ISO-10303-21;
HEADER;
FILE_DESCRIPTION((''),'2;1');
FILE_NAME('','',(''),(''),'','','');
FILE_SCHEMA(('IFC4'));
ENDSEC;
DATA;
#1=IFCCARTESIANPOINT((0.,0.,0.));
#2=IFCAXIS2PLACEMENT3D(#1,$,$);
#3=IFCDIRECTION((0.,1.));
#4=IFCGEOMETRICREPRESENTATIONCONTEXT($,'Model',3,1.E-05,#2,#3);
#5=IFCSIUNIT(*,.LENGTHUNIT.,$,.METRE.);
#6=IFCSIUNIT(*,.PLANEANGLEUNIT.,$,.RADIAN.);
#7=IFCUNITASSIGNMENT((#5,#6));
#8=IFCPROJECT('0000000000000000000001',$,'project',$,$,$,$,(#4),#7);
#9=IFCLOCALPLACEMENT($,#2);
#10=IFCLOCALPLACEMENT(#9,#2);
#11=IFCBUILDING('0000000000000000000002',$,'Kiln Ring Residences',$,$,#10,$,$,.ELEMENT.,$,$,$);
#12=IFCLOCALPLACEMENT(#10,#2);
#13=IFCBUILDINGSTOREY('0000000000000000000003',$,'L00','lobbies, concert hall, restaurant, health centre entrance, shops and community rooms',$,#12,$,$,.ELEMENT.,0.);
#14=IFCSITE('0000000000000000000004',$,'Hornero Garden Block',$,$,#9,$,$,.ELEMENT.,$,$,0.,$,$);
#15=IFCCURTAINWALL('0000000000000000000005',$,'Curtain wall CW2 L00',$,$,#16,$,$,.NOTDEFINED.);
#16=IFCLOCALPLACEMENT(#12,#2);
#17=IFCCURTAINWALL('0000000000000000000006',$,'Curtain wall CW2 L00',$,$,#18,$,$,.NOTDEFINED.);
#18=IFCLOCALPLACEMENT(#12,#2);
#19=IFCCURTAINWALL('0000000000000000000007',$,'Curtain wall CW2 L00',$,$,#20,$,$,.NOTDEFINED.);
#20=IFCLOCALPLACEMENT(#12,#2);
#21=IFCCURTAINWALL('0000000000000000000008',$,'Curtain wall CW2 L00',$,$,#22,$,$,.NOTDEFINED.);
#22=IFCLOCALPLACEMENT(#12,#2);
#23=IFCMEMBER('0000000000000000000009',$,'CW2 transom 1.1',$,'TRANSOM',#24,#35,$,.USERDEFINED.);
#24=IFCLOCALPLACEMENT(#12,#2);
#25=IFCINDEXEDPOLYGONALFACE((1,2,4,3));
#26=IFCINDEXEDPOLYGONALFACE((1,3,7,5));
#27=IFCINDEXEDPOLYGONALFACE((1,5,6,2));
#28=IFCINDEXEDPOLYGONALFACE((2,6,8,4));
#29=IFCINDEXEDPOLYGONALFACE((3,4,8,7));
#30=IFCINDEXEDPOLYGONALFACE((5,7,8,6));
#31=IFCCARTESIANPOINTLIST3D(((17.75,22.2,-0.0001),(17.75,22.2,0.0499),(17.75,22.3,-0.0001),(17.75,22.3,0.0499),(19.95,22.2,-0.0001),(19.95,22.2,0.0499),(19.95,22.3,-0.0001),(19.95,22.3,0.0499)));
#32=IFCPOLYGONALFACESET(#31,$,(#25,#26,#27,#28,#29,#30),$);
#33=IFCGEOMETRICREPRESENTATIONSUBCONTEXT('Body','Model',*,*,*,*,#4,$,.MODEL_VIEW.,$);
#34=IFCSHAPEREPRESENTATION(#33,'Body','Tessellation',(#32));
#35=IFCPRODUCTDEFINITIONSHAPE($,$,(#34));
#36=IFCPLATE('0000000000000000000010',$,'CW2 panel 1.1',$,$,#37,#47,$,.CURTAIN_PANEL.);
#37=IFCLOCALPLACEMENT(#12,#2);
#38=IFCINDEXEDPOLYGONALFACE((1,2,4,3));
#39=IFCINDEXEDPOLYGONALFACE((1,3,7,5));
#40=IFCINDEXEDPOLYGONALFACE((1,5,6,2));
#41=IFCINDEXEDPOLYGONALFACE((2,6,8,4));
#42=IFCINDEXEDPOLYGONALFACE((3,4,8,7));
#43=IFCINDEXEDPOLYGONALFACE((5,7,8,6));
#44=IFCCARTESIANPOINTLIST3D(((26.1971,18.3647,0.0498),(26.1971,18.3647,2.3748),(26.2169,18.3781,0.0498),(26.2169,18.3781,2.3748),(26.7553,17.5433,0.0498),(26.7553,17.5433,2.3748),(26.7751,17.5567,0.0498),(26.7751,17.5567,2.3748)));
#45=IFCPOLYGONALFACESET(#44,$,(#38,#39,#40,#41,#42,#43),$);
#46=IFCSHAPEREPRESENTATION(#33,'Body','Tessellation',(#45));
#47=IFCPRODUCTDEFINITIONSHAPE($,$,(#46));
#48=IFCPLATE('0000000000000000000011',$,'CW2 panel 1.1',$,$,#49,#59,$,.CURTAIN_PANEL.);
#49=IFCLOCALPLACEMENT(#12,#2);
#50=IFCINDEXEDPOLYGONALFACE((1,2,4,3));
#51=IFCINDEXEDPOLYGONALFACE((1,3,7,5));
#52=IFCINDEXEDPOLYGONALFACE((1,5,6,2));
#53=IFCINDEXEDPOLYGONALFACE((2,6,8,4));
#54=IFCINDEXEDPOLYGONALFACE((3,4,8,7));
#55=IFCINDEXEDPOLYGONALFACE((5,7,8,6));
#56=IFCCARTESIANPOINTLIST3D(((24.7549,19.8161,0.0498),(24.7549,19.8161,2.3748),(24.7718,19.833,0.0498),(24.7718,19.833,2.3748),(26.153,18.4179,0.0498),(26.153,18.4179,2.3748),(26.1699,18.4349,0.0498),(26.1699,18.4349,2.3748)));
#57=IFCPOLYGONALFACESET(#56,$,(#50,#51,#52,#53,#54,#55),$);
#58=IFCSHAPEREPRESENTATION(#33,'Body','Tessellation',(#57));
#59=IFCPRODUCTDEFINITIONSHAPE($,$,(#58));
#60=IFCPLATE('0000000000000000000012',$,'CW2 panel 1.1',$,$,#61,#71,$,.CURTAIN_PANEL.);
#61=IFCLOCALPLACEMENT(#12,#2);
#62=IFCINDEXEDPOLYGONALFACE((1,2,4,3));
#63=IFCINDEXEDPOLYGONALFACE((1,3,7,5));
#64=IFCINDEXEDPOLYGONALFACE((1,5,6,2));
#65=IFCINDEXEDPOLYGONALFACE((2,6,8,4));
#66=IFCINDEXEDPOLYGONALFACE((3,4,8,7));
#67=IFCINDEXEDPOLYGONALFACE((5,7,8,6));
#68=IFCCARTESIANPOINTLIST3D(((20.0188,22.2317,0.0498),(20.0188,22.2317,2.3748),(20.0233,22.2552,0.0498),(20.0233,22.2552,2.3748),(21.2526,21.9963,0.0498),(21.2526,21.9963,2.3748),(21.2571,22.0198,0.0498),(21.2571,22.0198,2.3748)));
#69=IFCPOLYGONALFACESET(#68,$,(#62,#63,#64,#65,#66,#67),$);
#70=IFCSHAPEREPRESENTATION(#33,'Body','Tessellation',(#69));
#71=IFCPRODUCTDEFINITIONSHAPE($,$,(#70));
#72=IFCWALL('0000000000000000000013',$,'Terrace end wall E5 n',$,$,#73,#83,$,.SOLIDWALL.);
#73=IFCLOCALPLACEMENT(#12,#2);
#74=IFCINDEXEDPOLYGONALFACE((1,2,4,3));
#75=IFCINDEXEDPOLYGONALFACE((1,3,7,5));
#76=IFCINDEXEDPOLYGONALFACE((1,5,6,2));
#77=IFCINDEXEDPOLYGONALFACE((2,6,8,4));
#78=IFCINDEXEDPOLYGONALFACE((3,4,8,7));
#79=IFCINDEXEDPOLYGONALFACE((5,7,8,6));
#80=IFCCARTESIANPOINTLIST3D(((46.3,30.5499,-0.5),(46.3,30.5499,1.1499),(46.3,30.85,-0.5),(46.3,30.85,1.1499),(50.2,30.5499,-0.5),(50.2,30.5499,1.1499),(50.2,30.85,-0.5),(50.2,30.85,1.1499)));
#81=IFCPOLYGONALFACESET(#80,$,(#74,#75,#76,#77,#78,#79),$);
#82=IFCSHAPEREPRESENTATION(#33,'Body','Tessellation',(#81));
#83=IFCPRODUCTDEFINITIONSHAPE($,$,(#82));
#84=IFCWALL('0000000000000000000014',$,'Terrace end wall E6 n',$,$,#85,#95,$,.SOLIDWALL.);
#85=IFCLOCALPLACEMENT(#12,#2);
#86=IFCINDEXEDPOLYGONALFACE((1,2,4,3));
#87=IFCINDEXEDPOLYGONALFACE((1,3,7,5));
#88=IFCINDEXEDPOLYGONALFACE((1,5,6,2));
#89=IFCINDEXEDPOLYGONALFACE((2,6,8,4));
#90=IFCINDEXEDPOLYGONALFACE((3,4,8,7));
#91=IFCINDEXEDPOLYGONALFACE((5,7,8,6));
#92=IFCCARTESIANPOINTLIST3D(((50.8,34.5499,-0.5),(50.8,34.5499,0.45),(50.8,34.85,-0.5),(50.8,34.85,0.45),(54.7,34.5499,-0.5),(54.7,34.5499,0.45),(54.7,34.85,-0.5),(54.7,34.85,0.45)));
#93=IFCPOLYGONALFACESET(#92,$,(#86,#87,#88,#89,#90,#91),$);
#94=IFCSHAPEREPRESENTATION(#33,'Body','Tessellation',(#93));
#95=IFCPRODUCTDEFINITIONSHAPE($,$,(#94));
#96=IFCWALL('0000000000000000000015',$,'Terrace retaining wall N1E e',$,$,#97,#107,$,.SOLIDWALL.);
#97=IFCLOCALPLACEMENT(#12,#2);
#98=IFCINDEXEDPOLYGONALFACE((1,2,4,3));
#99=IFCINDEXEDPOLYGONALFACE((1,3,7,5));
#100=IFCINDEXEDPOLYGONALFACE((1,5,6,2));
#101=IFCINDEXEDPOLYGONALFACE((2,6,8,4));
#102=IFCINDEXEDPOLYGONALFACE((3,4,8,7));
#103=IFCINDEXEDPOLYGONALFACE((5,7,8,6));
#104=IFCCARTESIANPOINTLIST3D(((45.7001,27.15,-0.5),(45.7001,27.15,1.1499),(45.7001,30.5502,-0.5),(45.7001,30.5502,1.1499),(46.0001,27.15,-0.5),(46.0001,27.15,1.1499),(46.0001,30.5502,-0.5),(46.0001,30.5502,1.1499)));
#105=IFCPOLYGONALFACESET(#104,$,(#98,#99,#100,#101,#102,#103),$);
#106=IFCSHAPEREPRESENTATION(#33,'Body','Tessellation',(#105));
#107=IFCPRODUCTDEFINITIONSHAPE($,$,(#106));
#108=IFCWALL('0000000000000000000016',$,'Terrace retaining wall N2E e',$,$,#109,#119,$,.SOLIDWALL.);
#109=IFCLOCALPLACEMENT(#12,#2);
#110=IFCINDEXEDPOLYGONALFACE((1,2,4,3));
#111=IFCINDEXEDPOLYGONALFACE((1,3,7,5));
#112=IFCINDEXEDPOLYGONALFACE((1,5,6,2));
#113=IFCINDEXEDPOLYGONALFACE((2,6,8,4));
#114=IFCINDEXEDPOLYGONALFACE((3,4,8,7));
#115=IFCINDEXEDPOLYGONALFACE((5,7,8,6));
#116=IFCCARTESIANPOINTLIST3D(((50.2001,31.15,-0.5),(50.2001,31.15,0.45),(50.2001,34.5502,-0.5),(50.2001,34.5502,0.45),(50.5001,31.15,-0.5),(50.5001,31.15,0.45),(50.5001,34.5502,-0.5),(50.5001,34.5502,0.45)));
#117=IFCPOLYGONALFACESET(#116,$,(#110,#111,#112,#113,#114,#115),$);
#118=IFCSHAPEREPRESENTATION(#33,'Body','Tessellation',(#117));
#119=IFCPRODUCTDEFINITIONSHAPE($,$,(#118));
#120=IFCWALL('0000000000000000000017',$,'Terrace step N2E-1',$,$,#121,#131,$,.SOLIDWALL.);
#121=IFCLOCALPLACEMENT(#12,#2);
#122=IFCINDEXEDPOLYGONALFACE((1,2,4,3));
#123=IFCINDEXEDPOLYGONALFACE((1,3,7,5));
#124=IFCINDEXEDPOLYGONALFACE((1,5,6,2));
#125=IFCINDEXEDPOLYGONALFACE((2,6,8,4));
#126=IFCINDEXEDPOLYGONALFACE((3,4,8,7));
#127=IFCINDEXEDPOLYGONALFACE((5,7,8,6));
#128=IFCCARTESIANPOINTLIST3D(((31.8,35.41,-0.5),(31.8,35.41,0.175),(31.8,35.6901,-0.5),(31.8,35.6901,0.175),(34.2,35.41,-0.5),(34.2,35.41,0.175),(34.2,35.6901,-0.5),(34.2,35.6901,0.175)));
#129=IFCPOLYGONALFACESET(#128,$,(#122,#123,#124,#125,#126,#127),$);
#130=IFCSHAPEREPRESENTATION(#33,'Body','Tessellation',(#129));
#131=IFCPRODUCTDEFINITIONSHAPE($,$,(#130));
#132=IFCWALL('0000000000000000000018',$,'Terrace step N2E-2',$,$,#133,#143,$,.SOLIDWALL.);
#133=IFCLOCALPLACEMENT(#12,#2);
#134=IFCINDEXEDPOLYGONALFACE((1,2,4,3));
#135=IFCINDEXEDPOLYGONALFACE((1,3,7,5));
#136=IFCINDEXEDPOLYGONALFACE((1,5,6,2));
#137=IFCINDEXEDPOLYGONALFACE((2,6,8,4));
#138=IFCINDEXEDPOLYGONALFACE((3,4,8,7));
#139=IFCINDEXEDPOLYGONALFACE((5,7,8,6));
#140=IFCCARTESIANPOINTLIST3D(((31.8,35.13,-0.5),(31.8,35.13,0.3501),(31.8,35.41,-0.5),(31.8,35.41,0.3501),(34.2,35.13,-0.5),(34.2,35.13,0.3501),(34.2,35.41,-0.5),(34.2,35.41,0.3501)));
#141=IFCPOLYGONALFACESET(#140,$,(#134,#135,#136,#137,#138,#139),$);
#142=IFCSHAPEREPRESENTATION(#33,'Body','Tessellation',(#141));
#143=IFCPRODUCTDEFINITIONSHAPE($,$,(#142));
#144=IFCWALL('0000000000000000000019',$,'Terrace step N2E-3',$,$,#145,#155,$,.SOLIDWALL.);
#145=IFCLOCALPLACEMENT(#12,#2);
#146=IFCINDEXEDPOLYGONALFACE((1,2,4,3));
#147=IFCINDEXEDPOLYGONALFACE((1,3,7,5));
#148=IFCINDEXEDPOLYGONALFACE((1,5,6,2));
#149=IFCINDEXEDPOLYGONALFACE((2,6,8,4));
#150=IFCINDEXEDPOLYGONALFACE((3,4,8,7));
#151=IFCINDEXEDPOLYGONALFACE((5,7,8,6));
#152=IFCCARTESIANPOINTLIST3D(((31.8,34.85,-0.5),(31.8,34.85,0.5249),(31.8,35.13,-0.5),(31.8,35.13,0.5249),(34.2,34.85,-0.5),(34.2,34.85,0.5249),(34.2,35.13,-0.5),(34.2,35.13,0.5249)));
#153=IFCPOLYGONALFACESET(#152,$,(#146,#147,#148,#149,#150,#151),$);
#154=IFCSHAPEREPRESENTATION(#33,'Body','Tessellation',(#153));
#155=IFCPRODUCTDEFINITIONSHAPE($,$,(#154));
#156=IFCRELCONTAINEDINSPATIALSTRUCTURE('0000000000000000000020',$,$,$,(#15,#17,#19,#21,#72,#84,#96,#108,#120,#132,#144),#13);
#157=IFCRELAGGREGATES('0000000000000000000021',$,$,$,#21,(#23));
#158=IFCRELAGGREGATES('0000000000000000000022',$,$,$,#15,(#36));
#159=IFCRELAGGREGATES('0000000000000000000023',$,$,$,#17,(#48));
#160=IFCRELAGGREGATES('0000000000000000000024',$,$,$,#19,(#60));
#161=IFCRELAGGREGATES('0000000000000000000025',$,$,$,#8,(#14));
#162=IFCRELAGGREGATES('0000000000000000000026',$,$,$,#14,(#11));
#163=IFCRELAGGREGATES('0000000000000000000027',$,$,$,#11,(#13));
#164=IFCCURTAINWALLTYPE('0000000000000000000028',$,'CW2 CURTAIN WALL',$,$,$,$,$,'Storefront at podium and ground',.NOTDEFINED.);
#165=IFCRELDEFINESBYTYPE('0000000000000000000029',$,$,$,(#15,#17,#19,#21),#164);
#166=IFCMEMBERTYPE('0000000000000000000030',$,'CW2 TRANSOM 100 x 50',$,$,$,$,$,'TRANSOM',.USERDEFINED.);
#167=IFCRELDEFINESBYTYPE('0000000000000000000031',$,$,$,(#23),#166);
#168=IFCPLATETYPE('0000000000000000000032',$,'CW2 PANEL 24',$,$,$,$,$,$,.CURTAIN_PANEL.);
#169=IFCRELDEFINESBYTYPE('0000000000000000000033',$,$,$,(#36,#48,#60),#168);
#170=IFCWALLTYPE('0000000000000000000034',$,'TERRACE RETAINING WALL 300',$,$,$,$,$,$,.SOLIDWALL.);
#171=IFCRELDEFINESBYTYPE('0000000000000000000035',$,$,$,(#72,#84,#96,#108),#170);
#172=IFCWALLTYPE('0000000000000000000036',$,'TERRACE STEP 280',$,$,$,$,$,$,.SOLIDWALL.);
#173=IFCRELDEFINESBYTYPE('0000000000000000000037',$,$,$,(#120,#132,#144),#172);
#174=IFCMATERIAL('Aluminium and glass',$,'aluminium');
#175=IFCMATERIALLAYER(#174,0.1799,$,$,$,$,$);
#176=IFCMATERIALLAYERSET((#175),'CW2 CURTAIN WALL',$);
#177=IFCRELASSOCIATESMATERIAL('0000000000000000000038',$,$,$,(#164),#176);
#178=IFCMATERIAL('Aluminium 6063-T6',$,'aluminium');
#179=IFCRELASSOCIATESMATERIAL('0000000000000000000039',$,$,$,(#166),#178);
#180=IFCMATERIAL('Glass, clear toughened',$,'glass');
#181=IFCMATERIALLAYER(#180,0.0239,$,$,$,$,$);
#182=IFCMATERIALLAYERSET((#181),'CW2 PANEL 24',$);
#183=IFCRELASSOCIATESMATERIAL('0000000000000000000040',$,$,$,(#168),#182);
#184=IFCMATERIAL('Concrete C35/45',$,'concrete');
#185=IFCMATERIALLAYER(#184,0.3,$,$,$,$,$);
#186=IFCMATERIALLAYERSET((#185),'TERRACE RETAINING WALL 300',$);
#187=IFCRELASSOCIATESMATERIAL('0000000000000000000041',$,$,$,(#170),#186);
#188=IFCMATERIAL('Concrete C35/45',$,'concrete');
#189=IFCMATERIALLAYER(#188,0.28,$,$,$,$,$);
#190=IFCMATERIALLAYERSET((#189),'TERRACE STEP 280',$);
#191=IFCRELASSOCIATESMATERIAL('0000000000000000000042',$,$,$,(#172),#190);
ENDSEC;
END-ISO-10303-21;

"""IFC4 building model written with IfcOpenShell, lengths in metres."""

from ifc_helpers import new_model, si_unit, direction, frame, frame_2d, origin, origin_2d, place, context, subcontext, project, spatial, rectangle, extrude, material, layer, layer_set, material_profile, profile_set, type_object, element, aggregate, save


model = new_model("IFC4")

# Units and contexts
model_context = context("Model", 3, precision=1e-05, world=origin(), true_north=direction((0.0, 1.0)))
body_context = subcontext(model_context, "Body", "Model", "MODEL_VIEW")
ifc_project = project(units=[si_unit("LENGTHUNIT", "METRE"), si_unit("PLANEANGLEUNIT", "RADIAN")], contexts=[model_context])

# Site, building, storey
site_placement = place(None, origin())
site = spatial("IfcSite", under=ifc_project, at=site_placement, Name="Hornero Garden Block", CompositionType="ELEMENT", RefElevation=0.0)
building_placement = place(site_placement, origin())
building = spatial("IfcBuilding", under=site, at=building_placement, Name="Kiln Ring Residences", CompositionType="ELEMENT")
storey_placement = place(building_placement, origin())
storey = spatial("IfcBuildingStorey", under=building, at=storey_placement, Name="L00", Description="lobbies, concert hall, restaurant, health centre entrance, shops and community rooms", CompositionType="ELEMENT", Elevation=0.0)

# Curtain walls
ifc_material_1 = material(Name="Aluminium and glass", Category="aluminium")
ifc_layer_1 = layer(ifc_material_1, 0.1799)
ifc_layer_set_1 = layer_set([ifc_layer_1], Name="CW2 CURTAIN WALL")
curtain_wall_type = type_object("IfcCurtainWallType", Name="CW2 CURTAIN WALL", ElementType="Storefront at podium and ground", PredefinedType="NOTDEFINED", material=ifc_layer_set_1)
placement = place(storey_placement, origin())
curtain_wall_1 = element("IfcCurtainWall", 1, at=placement, inside=storey, type_object=curtain_wall_type, Name="Curtain wall CW2 L00", PredefinedType="NOTDEFINED")
curtain_wall_2 = element("IfcCurtainWall", 2, at=placement, inside=storey, type_object=curtain_wall_type, Name="Curtain wall CW2 L00", PredefinedType="NOTDEFINED")
curtain_wall_3 = element("IfcCurtainWall", 3, at=placement, inside=storey, type_object=curtain_wall_type, Name="Curtain wall CW2 L00", PredefinedType="NOTDEFINED")

# Curtain wall
curtain_wall_4 = element("IfcCurtainWall", 4, at=placement, inside=storey, type_object=curtain_wall_type, Name="Curtain wall CW2 L00", PredefinedType="NOTDEFINED")

# Member
ifc_material_2 = material(Name="Aluminium 6063-T6", Category="aluminium")
ifc_material_profile_1 = material_profile(ifc_material_2, rectangle(XDim=0.1001, YDim=0.05, at=origin_2d()), Name="AL 100x50")
ifc_profile_set_1 = profile_set([ifc_material_profile_1], Name="Aluminium 6063-T6")
member_type_1 = type_object("IfcMemberType", Name="CW2 TRANSOM 100 x 50", ElementType="TRANSOM", PredefinedType="USERDEFINED", material=ifc_profile_set_1)
member_1_placement = place(storey_placement, frame((19.95, 22.25, 0.0249), z_axis=(-1.0, 0.0, 0.0), x_axis=(0.0, -1.0, 0.0)))
member_1 = element("IfcMember", 5, at=member_1_placement, type_object=member_type_1, Name="CW2 transom 1.1", ObjectType="TRANSOM", PredefinedType="USERDEFINED", context=body_context, shape_type="SweptSolid", body=[
    extrude(rectangle(XDim=0.1001, YDim=0.05, at=origin_2d()), origin(), (0.0, 0.0, 1.0), 2.2),
])
aggregate(curtain_wall_4, [member_1])

# Plates
ifc_material_3 = material(Name="Glass, clear toughened", Category="glass")
ifc_layer_2 = layer(ifc_material_3, 0.0239)
ifc_layer_set_2 = layer_set([ifc_layer_2], Name="CW2 PANEL 24")
plate_type = type_object("IfcPlateType", Name="CW2 PANEL 24", PredefinedType="CURTAIN_PANEL", material=ifc_layer_set_2)
plate_1_placement = place(storey_placement, frame((26.4861, 17.9607, 0.0498), z_axis=(0.0, 0.0, 1.0), x_axis=(-0.562097, 0.827072, 0.0)))
plate_1 = element("IfcPlate", 6, at=plate_1_placement, type_object=plate_type, Name="CW2 panel 1.1", PredefinedType="CURTAIN_PANEL", context=body_context, shape_type="SweptSolid", body=[
    extrude(rectangle(XDim=0.9932, YDim=0.0239, at=origin_2d()), origin(), (0.0, 0.0, 1.0), 2.325),
])
aggregate(curtain_wall_1, [plate_1])
plate_2_placement = place(storey_placement, frame((25.4624, 19.1255, 0.0498), z_axis=(0.0, 0.0, 1.0), x_axis=(-0.707107, 0.707107, 0.0)))
plate_2 = element("IfcPlate", 7, at=plate_2_placement, type_object=plate_type, Name="CW2 panel 1.1", PredefinedType="CURTAIN_PANEL", context=body_context, shape_type="SweptSolid", body=[
    extrude(rectangle(XDim=1.9773, YDim=0.0239, at=origin_2d()), origin(), (0.0, 0.0, 1.0), 2.325),
])
aggregate(curtain_wall_2, [plate_2])
plate_3_placement = place(storey_placement, frame((20.6379, 22.1257, 0.0498), z_axis=(0.0, 0.0, 1.0), x_axis=(-0.98229, 0.187366, 0.0)))
plate_3 = element("IfcPlate", 8, at=plate_3_placement, type_object=plate_type, Name="CW2 panel 1.1", PredefinedType="CURTAIN_PANEL", context=body_context, shape_type="SweptSolid", body=[
    extrude(rectangle(XDim=1.2561, YDim=0.0239, at=origin_2d()), origin(), (0.0, 0.0, 1.0), 2.325),
])
aggregate(curtain_wall_3, [plate_3])

# Walls
ifc_material_4 = material(Name="Concrete C35/45", Category="concrete")
ifc_layer_3 = layer(ifc_material_4, 0.3)
ifc_layer_set_3 = layer_set([ifc_layer_3], Name="TERRACE RETAINING WALL 300")
wall_type_1 = type_object("IfcWallType", Name="TERRACE RETAINING WALL 300", PredefinedType="SOLIDWALL", material=ifc_layer_set_3)
wall_1_placement = place(storey_placement, frame((46.3, 30.7, -0.5), z_axis=(0.0, 0.0, 1.0), x_axis=(1.0, 0.0, 0.0)))
element("IfcWall", 9, at=wall_1_placement, inside=storey, type_object=wall_type_1, Name="Terrace end wall E5 n", PredefinedType="SOLIDWALL", context=body_context, shape_type="SweptSolid", body=[
    extrude(rectangle(XDim=3.8999, YDim=0.3, at=frame_2d((1.95, 0.0))), origin(), (0.0, 0.0, 1.0), 1.6499),
])
wall_2_placement = place(storey_placement, frame((50.8, 34.7, -0.5), z_axis=(0.0, 0.0, 1.0), x_axis=(1.0, 0.0, 0.0)))
element("IfcWall", 10, at=wall_2_placement, inside=storey, type_object=wall_type_1, Name="Terrace end wall E6 n", PredefinedType="SOLIDWALL", context=body_context, shape_type="SweptSolid", body=[
    extrude(rectangle(XDim=3.8999, YDim=0.3, at=frame_2d((1.95, 0.0))), origin(), (0.0, 0.0, 1.0), 0.95),
])
wall_3_placement = place(storey_placement, frame((45.8501, 27.1499, -0.5), z_axis=(0.0, 0.0, 1.0), x_axis=(0.0, 1.0, 0.0)))
element("IfcWall", 11, at=wall_3_placement, inside=storey, type_object=wall_type_1, Name="Terrace retaining wall N1E e", PredefinedType="SOLIDWALL", context=body_context, shape_type="SweptSolid", body=[
    extrude(rectangle(XDim=3.4001, YDim=0.3, at=frame_2d((1.7002, 0.0))), origin(), (0.0, 0.0, 1.0), 1.6499),
])
wall_4_placement = place(storey_placement, frame((50.3501, 31.1499, -0.5), z_axis=(0.0, 0.0, 1.0), x_axis=(0.0, 1.0, 0.0)))
element("IfcWall", 12, at=wall_4_placement, inside=storey, type_object=wall_type_1, Name="Terrace retaining wall N2E e", PredefinedType="SOLIDWALL", context=body_context, shape_type="SweptSolid", body=[
    extrude(rectangle(XDim=3.4001, YDim=0.3, at=frame_2d((1.7002, 0.0))), origin(), (0.0, 0.0, 1.0), 0.95),
])
ifc_material_5 = material(Name="Concrete C35/45", Category="concrete")
ifc_layer_4 = layer(ifc_material_5, 0.28)
ifc_layer_set_4 = layer_set([ifc_layer_4], Name="TERRACE STEP 280")
wall_type_2 = type_object("IfcWallType", Name="TERRACE STEP 280", PredefinedType="SOLIDWALL", material=ifc_layer_set_4)
wall_5_placement = place(storey_placement, frame((31.8, 35.55, -0.5), z_axis=(0.0, 0.0, 1.0), x_axis=(1.0, 0.0, 0.0)))
element("IfcWall", 13, at=wall_5_placement, inside=storey, type_object=wall_type_2, Name="Terrace step N2E-1", PredefinedType="SOLIDWALL", context=body_context, shape_type="SweptSolid", body=[
    extrude(rectangle(XDim=2.3999, YDim=0.28, at=frame_2d((1.2, 0.0))), origin(), (0.0, 0.0, 1.0), 0.675),
])
wall_6_placement = place(storey_placement, frame((31.8, 35.27, -0.5), z_axis=(0.0, 0.0, 1.0), x_axis=(1.0, 0.0, 0.0)))
element("IfcWall", 14, at=wall_6_placement, inside=storey, type_object=wall_type_2, Name="Terrace step N2E-2", PredefinedType="SOLIDWALL", context=body_context, shape_type="SweptSolid", body=[
    extrude(rectangle(XDim=2.3999, YDim=0.28, at=frame_2d((1.2, 0.0))), origin(), (0.0, 0.0, 1.0), 0.8501),
])
wall_7_placement = place(storey_placement, frame((31.8, 34.99, -0.5), z_axis=(0.0, 0.0, 1.0), x_axis=(1.0, 0.0, 0.0)))
element("IfcWall", 15, at=wall_7_placement, inside=storey, type_object=wall_type_2, Name="Terrace step N2E-3", PredefinedType="SOLIDWALL", context=body_context, shape_type="SweptSolid", body=[
    extrude(rectangle(XDim=2.3999, YDim=0.28, at=frame_2d((1.2, 0.0))), origin(), (0.0, 0.0, 1.0), 1.0249),
])

save(model, "model.ifc")
